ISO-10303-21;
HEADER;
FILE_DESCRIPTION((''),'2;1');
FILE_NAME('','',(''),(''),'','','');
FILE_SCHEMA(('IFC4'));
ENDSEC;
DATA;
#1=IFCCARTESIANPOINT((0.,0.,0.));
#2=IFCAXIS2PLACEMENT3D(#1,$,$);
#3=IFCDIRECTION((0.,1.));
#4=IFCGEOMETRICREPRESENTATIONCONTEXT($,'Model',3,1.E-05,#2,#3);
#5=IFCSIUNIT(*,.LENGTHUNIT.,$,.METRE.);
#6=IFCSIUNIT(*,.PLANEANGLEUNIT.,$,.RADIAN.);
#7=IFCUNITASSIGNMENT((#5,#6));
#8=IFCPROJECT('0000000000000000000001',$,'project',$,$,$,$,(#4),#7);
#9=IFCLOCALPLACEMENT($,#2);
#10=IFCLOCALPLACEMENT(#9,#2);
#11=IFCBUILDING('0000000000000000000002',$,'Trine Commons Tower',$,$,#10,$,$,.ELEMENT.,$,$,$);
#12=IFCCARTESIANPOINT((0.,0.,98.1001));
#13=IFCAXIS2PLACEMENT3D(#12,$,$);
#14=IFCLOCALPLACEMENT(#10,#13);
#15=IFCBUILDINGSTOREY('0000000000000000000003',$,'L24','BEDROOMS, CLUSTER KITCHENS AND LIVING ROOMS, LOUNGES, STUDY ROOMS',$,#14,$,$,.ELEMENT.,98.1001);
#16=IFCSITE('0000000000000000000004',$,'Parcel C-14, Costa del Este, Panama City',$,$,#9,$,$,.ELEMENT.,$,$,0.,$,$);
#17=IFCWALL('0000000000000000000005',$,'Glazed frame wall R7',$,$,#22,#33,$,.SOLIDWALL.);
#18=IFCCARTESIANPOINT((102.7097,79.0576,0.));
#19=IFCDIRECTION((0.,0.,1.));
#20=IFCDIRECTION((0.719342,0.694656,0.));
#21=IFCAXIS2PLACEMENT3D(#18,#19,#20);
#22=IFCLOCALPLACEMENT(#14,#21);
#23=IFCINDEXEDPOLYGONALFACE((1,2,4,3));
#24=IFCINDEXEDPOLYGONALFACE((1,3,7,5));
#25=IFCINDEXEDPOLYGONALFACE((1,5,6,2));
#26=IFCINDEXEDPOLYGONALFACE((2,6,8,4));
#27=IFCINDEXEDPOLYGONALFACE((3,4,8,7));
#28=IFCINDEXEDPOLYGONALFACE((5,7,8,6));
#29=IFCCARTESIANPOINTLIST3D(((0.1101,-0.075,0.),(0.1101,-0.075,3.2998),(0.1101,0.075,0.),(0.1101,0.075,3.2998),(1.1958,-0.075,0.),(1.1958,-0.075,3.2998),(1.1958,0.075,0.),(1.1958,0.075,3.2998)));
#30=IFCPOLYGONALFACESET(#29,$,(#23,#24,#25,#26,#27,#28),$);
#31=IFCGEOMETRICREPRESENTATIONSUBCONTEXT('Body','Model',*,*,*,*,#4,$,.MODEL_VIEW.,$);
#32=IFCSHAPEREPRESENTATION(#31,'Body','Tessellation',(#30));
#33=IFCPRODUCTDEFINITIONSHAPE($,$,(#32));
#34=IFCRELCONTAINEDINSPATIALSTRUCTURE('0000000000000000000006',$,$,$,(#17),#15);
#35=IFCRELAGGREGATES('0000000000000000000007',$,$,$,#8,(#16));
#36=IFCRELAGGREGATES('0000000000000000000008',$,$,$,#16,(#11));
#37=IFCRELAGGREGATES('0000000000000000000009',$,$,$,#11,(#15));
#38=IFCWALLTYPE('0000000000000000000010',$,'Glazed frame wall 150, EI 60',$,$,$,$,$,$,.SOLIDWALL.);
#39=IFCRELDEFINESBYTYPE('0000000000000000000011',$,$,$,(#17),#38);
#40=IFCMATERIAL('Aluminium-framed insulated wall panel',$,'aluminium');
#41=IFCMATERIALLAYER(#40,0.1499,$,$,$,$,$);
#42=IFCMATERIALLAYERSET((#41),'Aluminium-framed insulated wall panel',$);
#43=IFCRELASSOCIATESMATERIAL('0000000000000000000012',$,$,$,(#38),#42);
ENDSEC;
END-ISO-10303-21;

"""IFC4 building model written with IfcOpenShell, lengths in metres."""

from ifc_helpers import new_model, si_unit, direction, frame, origin, place, context, subcontext, project, spatial, polyline, outline, extrude, material, layer, layer_set, type_object, element, save


model = new_model("IFC4")

# Units and contexts
model_context = context("Model", 3, precision=1e-05, world=origin(), true_north=direction((0.0, 1.0)))
body_context = subcontext(model_context, "Body", "Model", "MODEL_VIEW")
ifc_project = project(units=[si_unit("LENGTHUNIT", "METRE"), si_unit("PLANEANGLEUNIT", "RADIAN")], contexts=[model_context])

# Site, building, storey
site_placement = place(None, origin())
site = spatial("IfcSite", under=ifc_project, at=site_placement, Name="Parcel C-14, Costa del Este, Panama City", CompositionType="ELEMENT", RefElevation=0.0)
building_placement = place(site_placement, origin())
building = spatial("IfcBuilding", under=site, at=building_placement, Name="Trine Commons Tower", CompositionType="ELEMENT")
storey_placement = place(building_placement, frame((0.0, 0.0, 98.1001)))
storey = spatial("IfcBuildingStorey", under=building, at=storey_placement, Name="L24", Description="BEDROOMS, CLUSTER KITCHENS AND LIVING ROOMS, LOUNGES, STUDY ROOMS", CompositionType="ELEMENT", Elevation=98.1001)

# Wall
ifc_material_1 = material(Name="Aluminium-framed insulated wall panel", Category="aluminium")
ifc_layer_1 = layer(ifc_material_1, 0.1499)
ifc_layer_set_1 = layer_set([ifc_layer_1], Name="Aluminium-framed insulated wall panel")
wall_type_1 = type_object("IfcWallType", Name="Glazed frame wall 150, EI 60", PredefinedType="SOLIDWALL", material=ifc_layer_set_1)
wall_1_placement = place(storey_placement, frame((102.7097, 79.0576, 0.0), z_axis=(0.0, 0.0, 1.0), x_axis=(0.719342, 0.694656, 0.0)))
element("IfcWall", 1, at=wall_1_placement, inside=storey, type_object=wall_type_1, Name="Glazed frame wall R7", PredefinedType="SOLIDWALL", context=body_context, shape_type="SweptSolid", body=[
    extrude(outline(polyline([(0.1101, 0.075), (0.1101, -0.075), (1.1958, -0.075), (1.1958, 0.075), (0.1101, 0.075)])), origin(), (0.0, 0.0, 1.0), 3.2998),
])

save(model, "model.ifc")
